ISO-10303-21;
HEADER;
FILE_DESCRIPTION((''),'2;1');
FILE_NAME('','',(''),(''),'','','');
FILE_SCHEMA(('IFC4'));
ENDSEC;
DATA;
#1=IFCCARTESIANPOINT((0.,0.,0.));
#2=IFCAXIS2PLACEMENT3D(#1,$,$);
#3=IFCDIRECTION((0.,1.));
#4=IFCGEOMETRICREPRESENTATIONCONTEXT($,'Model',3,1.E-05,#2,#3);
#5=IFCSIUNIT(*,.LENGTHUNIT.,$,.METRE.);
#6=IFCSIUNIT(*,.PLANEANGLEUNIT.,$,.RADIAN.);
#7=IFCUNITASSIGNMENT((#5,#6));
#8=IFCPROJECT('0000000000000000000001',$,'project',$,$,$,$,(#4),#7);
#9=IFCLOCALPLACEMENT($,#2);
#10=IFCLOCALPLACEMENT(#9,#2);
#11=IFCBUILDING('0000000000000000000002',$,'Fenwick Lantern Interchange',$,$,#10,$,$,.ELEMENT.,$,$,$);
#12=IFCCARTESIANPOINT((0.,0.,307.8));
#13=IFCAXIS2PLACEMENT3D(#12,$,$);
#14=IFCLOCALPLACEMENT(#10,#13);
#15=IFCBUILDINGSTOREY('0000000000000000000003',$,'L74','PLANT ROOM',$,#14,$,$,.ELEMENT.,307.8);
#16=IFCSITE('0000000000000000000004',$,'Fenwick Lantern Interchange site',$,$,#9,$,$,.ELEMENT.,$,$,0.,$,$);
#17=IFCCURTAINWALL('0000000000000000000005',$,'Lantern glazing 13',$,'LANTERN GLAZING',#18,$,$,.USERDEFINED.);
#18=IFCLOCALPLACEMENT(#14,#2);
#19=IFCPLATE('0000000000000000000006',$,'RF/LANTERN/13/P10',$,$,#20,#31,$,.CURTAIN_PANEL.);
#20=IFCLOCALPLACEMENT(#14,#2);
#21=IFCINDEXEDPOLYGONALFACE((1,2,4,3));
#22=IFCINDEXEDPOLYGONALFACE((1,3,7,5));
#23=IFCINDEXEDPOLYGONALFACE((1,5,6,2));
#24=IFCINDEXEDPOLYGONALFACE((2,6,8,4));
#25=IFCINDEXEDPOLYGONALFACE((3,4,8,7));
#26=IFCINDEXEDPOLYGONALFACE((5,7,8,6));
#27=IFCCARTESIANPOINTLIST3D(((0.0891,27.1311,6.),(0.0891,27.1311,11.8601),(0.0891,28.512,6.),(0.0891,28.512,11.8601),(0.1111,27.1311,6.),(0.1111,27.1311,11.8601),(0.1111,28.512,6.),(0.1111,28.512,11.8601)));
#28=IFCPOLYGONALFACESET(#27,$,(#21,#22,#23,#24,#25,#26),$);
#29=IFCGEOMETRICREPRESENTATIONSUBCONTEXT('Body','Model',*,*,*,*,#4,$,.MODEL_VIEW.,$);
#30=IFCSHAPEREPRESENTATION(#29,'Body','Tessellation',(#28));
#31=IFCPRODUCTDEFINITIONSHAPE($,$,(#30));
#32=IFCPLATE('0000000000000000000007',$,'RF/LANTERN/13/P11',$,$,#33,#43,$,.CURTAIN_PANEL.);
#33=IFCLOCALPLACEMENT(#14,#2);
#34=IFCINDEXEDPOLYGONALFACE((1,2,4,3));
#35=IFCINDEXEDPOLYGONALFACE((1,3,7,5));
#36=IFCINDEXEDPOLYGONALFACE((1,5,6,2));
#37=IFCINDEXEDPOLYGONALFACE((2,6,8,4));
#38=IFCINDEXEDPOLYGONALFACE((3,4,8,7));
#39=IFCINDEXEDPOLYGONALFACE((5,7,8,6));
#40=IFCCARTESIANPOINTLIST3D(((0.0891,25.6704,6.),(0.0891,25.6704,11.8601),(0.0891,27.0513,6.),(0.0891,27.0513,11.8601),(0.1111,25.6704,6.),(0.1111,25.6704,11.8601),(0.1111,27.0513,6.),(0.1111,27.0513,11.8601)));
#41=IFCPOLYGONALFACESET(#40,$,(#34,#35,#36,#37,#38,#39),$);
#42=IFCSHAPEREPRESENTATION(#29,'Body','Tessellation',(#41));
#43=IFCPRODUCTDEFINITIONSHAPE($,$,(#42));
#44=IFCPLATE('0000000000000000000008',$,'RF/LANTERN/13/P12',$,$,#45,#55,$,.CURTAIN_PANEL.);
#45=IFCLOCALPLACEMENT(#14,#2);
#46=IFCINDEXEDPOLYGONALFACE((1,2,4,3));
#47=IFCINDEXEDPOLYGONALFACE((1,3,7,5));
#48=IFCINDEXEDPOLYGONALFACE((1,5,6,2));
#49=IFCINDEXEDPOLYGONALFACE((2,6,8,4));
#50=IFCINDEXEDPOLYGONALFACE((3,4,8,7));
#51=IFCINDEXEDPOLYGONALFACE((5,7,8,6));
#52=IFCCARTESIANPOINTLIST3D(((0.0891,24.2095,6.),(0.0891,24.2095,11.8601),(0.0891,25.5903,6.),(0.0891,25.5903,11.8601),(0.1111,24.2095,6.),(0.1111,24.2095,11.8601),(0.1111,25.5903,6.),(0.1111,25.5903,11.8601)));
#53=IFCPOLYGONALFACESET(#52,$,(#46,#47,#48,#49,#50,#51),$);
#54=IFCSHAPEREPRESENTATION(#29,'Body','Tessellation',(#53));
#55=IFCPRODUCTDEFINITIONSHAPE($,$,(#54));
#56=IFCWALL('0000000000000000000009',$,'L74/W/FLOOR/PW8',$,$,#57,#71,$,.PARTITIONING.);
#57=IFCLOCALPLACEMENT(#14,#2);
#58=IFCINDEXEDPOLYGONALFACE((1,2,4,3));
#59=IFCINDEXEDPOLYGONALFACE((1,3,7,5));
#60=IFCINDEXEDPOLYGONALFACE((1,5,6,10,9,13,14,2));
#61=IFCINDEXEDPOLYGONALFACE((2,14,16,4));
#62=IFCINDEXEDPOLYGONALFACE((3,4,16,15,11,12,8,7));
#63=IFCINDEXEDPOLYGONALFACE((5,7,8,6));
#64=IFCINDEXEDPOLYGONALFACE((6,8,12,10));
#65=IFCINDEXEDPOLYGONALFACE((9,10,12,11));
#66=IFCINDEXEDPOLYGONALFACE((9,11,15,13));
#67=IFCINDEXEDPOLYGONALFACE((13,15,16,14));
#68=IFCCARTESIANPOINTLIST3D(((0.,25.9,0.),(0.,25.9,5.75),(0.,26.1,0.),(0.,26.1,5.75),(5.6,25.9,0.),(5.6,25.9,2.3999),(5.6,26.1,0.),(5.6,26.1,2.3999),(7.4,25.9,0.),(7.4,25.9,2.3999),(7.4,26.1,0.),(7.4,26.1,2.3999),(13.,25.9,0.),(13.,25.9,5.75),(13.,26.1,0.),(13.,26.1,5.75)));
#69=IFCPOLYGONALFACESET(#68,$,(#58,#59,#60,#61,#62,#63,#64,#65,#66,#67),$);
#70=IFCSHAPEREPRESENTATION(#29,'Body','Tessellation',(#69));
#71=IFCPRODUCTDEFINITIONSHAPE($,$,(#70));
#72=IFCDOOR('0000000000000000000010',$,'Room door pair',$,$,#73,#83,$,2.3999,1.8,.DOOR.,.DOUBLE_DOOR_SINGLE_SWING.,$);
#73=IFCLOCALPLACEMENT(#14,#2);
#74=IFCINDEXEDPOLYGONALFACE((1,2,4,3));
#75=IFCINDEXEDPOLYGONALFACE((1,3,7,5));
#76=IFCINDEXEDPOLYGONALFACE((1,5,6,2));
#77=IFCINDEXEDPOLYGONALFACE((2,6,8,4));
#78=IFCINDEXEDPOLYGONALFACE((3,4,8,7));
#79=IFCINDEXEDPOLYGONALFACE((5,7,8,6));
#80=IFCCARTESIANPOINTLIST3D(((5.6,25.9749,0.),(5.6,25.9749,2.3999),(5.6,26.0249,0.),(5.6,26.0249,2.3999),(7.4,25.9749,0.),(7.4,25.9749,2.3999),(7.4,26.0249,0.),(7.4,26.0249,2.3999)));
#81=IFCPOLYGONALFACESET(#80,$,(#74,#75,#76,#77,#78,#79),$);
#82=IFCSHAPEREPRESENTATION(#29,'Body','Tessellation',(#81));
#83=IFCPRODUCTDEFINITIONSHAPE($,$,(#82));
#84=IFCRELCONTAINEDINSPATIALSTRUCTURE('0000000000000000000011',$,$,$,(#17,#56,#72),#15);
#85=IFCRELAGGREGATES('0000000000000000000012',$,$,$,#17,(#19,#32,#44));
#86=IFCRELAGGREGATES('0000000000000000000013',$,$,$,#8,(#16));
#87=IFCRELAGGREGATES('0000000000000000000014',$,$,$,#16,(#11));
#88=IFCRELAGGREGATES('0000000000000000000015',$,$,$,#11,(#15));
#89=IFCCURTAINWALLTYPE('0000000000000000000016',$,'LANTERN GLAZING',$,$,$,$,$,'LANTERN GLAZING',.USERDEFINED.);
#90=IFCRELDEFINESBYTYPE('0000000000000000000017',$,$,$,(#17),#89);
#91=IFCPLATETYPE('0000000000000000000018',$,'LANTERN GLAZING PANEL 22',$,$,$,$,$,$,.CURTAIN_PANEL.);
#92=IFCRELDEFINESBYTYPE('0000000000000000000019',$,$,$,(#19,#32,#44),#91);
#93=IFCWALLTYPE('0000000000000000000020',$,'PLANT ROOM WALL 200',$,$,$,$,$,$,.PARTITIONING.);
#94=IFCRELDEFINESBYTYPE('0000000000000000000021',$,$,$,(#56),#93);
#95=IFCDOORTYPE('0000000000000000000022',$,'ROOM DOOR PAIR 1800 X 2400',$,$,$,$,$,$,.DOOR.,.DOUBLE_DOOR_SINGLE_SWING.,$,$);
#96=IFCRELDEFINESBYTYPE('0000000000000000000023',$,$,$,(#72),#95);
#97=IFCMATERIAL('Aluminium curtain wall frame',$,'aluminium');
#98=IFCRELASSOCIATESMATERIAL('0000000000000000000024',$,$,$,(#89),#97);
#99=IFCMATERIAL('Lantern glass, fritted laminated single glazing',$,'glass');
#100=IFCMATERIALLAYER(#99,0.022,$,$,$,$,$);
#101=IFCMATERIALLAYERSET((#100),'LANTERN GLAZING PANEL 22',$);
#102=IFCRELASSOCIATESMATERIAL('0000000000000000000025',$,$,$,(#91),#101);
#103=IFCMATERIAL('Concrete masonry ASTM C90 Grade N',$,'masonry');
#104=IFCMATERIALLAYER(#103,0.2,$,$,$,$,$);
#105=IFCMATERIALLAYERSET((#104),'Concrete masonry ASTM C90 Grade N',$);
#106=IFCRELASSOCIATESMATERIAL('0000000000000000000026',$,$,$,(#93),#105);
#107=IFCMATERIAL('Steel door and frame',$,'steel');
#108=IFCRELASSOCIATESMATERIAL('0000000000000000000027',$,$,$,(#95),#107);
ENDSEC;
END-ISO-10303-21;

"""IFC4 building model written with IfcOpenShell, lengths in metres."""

from ifc_helpers import new_model, si_unit, direction, frame, frame_2d, origin, origin_2d, place, context, subcontext, project, spatial, rectangle, extrude, material, layer, layer_set, type_object, element, fill, aggregate, save


model = new_model("IFC4")

# Units and contexts
model_context = context("Model", 3, precision=1e-05, world=origin(), true_north=direction((0.0, 1.0)))
body_context = subcontext(model_context, "Body", "Model", "MODEL_VIEW")
ifc_project = project(units=[si_unit("LENGTHUNIT", "METRE"), si_unit("PLANEANGLEUNIT", "RADIAN")], contexts=[model_context])

# Site, building, storey
site_placement = place(None, origin())
site = spatial("IfcSite", under=ifc_project, at=site_placement, Name="Fenwick Lantern Interchange site", CompositionType="ELEMENT", RefElevation=0.0)
building_placement = place(site_placement, origin())
building = spatial("IfcBuilding", under=site, at=building_placement, Name="Fenwick Lantern Interchange", CompositionType="ELEMENT")
storey_placement = place(building_placement, frame((0.0, 0.0, 307.8)))
storey = spatial("IfcBuildingStorey", under=building, at=storey_placement, Name="L74", Description="PLANT ROOM", CompositionType="ELEMENT", Elevation=307.8)

# Curtain wall
ifc_material_1 = material(Name="Aluminium curtain wall frame", Category="aluminium")
curtain_wall_type = type_object("IfcCurtainWallType", Name="LANTERN GLAZING", ElementType="LANTERN GLAZING", PredefinedType="USERDEFINED", material=ifc_material_1)
curtain_wall_1_placement = place(storey_placement, origin())
curtain_wall_1 = element("IfcCurtainWall", 1, at=curtain_wall_1_placement, inside=storey, type_object=curtain_wall_type, Name="Lantern glazing 13", ObjectType="LANTERN GLAZING", PredefinedType="USERDEFINED")

# Plates
ifc_material_2 = material(Name="Lantern glass, fritted laminated single glazing", Category="glass")
ifc_layer_1 = layer(ifc_material_2, 0.022)
ifc_layer_set_1 = layer_set([ifc_layer_1], Name="LANTERN GLAZING PANEL 22")
plate_type = type_object("IfcPlateType", Name="LANTERN GLAZING PANEL 22", PredefinedType="CURTAIN_PANEL", material=ifc_layer_set_1)
plate_1_placement = place(storey_placement, frame((0.1001, 27.8215, 6.0), z_axis=(0.0, 0.0, 1.0), x_axis=(0.0, -1.0, 0.0)))
plate_1 = element("IfcPlate", 2, at=plate_1_placement, type_object=plate_type, Name="RF/LANTERN/13/P10", PredefinedType="CURTAIN_PANEL", context=body_context, shape_type="SweptSolid", body=[
    extrude(rectangle(XDim=1.3809, YDim=0.022, at=origin_2d()), origin(), (0.0, 0.0, 1.0), 5.8601),
])
plate_2_placement = place(storey_placement, frame((0.1001, 26.3608, 6.0), z_axis=(0.0, 0.0, 1.0), x_axis=(0.0, -1.0, 0.0)))
plate_2 = element("IfcPlate", 3, at=plate_2_placement, type_object=plate_type, Name="RF/LANTERN/13/P11", PredefinedType="CURTAIN_PANEL", context=body_context, shape_type="SweptSolid", body=[
    extrude(rectangle(XDim=1.3809, YDim=0.022, at=origin_2d()), origin(), (0.0, 0.0, 1.0), 5.8601),
])
plate_3_placement = place(storey_placement, frame((0.1001, 24.8999, 6.0), z_axis=(0.0, 0.0, 1.0), x_axis=(0.0, -1.0, 0.0)))
plate_3 = element("IfcPlate", 4, at=plate_3_placement, type_object=plate_type, Name="RF/LANTERN/13/P12", PredefinedType="CURTAIN_PANEL", context=body_context, shape_type="SweptSolid", body=[
    extrude(rectangle(XDim=1.3809, YDim=0.022, at=origin_2d()), origin(), (0.0, 0.0, 1.0), 5.8601),
])
aggregate(curtain_wall_1, [plate_1, plate_2, plate_3])

# Wall, opening, door
ifc_material_3 = material(Name="Concrete masonry ASTM C90 Grade N", Category="masonry")
ifc_layer_2 = layer(ifc_material_3, 0.2)
ifc_layer_set_2 = layer_set([ifc_layer_2], Name="Concrete masonry ASTM C90 Grade N")
wall_type = type_object("IfcWallType", Name="PLANT ROOM WALL 200", PredefinedType="PARTITIONING", material=ifc_layer_set_2)
wall_placement = place(storey_placement, frame((0.0, 26.0, 0.0), z_axis=(0.0, 0.0, 1.0), x_axis=(1.0, 0.0, 0.0)))
wall = element("IfcWall", 5, at=wall_placement, inside=storey, type_object=wall_type, Name="L74/W/FLOOR/PW8", PredefinedType="PARTITIONING", context=body_context, shape_type="SweptSolid", body=[
    extrude(rectangle(XDim=13.0, YDim=0.2, at=frame_2d((6.5, 0.0))), origin(), (0.0, 0.0, 1.0), 5.75),
])
opening_placement = place(wall_placement, frame((5.6001, 0.0, 0.0)))
opening = element("IfcOpeningElement", 6, at=opening_placement, cuts=wall, PredefinedType="OPENING", context=body_context, shape_type="SweptSolid", body=[
    extrude(rectangle(XDim=1.8, YDim=2.3999, at=frame_2d((0.8999, 1.2))), frame((0.0, 0.1099, 0.0), z_axis=(0.0, -1.0, 0.0), x_axis=(1.0, 0.0, 0.0)), (0.0, 0.0, 1.0), 0.22),
])
ifc_material_4 = material(Name="Steel door and frame", Category="steel")
door_type = type_object("IfcDoorType", Name="ROOM DOOR PAIR 1800 X 2400", OperationType="DOUBLE_DOOR_SINGLE_SWING", PredefinedType="DOOR", material=ifc_material_4)
door_placement = place(opening_placement, origin())
door = element("IfcDoor", 7, at=door_placement, inside=storey, type_object=door_type, Name="Room door pair", OperationType="DOUBLE_DOOR_SINGLE_SWING", OverallHeight=2.3999, OverallWidth=1.8, PredefinedType="DOOR", context=body_context, shape_type="SweptSolid", body=[
    extrude(rectangle(XDim=1.8, YDim=2.3999, at=frame_2d((0.8999, 1.2))), frame((0.0, 0.0249, 0.0), z_axis=(0.0, -1.0, 0.0), x_axis=(1.0, 0.0, 0.0)), (0.0, 0.0, 1.0), 0.05),
])
fill(opening, door)

save(model, "model.ifc")
